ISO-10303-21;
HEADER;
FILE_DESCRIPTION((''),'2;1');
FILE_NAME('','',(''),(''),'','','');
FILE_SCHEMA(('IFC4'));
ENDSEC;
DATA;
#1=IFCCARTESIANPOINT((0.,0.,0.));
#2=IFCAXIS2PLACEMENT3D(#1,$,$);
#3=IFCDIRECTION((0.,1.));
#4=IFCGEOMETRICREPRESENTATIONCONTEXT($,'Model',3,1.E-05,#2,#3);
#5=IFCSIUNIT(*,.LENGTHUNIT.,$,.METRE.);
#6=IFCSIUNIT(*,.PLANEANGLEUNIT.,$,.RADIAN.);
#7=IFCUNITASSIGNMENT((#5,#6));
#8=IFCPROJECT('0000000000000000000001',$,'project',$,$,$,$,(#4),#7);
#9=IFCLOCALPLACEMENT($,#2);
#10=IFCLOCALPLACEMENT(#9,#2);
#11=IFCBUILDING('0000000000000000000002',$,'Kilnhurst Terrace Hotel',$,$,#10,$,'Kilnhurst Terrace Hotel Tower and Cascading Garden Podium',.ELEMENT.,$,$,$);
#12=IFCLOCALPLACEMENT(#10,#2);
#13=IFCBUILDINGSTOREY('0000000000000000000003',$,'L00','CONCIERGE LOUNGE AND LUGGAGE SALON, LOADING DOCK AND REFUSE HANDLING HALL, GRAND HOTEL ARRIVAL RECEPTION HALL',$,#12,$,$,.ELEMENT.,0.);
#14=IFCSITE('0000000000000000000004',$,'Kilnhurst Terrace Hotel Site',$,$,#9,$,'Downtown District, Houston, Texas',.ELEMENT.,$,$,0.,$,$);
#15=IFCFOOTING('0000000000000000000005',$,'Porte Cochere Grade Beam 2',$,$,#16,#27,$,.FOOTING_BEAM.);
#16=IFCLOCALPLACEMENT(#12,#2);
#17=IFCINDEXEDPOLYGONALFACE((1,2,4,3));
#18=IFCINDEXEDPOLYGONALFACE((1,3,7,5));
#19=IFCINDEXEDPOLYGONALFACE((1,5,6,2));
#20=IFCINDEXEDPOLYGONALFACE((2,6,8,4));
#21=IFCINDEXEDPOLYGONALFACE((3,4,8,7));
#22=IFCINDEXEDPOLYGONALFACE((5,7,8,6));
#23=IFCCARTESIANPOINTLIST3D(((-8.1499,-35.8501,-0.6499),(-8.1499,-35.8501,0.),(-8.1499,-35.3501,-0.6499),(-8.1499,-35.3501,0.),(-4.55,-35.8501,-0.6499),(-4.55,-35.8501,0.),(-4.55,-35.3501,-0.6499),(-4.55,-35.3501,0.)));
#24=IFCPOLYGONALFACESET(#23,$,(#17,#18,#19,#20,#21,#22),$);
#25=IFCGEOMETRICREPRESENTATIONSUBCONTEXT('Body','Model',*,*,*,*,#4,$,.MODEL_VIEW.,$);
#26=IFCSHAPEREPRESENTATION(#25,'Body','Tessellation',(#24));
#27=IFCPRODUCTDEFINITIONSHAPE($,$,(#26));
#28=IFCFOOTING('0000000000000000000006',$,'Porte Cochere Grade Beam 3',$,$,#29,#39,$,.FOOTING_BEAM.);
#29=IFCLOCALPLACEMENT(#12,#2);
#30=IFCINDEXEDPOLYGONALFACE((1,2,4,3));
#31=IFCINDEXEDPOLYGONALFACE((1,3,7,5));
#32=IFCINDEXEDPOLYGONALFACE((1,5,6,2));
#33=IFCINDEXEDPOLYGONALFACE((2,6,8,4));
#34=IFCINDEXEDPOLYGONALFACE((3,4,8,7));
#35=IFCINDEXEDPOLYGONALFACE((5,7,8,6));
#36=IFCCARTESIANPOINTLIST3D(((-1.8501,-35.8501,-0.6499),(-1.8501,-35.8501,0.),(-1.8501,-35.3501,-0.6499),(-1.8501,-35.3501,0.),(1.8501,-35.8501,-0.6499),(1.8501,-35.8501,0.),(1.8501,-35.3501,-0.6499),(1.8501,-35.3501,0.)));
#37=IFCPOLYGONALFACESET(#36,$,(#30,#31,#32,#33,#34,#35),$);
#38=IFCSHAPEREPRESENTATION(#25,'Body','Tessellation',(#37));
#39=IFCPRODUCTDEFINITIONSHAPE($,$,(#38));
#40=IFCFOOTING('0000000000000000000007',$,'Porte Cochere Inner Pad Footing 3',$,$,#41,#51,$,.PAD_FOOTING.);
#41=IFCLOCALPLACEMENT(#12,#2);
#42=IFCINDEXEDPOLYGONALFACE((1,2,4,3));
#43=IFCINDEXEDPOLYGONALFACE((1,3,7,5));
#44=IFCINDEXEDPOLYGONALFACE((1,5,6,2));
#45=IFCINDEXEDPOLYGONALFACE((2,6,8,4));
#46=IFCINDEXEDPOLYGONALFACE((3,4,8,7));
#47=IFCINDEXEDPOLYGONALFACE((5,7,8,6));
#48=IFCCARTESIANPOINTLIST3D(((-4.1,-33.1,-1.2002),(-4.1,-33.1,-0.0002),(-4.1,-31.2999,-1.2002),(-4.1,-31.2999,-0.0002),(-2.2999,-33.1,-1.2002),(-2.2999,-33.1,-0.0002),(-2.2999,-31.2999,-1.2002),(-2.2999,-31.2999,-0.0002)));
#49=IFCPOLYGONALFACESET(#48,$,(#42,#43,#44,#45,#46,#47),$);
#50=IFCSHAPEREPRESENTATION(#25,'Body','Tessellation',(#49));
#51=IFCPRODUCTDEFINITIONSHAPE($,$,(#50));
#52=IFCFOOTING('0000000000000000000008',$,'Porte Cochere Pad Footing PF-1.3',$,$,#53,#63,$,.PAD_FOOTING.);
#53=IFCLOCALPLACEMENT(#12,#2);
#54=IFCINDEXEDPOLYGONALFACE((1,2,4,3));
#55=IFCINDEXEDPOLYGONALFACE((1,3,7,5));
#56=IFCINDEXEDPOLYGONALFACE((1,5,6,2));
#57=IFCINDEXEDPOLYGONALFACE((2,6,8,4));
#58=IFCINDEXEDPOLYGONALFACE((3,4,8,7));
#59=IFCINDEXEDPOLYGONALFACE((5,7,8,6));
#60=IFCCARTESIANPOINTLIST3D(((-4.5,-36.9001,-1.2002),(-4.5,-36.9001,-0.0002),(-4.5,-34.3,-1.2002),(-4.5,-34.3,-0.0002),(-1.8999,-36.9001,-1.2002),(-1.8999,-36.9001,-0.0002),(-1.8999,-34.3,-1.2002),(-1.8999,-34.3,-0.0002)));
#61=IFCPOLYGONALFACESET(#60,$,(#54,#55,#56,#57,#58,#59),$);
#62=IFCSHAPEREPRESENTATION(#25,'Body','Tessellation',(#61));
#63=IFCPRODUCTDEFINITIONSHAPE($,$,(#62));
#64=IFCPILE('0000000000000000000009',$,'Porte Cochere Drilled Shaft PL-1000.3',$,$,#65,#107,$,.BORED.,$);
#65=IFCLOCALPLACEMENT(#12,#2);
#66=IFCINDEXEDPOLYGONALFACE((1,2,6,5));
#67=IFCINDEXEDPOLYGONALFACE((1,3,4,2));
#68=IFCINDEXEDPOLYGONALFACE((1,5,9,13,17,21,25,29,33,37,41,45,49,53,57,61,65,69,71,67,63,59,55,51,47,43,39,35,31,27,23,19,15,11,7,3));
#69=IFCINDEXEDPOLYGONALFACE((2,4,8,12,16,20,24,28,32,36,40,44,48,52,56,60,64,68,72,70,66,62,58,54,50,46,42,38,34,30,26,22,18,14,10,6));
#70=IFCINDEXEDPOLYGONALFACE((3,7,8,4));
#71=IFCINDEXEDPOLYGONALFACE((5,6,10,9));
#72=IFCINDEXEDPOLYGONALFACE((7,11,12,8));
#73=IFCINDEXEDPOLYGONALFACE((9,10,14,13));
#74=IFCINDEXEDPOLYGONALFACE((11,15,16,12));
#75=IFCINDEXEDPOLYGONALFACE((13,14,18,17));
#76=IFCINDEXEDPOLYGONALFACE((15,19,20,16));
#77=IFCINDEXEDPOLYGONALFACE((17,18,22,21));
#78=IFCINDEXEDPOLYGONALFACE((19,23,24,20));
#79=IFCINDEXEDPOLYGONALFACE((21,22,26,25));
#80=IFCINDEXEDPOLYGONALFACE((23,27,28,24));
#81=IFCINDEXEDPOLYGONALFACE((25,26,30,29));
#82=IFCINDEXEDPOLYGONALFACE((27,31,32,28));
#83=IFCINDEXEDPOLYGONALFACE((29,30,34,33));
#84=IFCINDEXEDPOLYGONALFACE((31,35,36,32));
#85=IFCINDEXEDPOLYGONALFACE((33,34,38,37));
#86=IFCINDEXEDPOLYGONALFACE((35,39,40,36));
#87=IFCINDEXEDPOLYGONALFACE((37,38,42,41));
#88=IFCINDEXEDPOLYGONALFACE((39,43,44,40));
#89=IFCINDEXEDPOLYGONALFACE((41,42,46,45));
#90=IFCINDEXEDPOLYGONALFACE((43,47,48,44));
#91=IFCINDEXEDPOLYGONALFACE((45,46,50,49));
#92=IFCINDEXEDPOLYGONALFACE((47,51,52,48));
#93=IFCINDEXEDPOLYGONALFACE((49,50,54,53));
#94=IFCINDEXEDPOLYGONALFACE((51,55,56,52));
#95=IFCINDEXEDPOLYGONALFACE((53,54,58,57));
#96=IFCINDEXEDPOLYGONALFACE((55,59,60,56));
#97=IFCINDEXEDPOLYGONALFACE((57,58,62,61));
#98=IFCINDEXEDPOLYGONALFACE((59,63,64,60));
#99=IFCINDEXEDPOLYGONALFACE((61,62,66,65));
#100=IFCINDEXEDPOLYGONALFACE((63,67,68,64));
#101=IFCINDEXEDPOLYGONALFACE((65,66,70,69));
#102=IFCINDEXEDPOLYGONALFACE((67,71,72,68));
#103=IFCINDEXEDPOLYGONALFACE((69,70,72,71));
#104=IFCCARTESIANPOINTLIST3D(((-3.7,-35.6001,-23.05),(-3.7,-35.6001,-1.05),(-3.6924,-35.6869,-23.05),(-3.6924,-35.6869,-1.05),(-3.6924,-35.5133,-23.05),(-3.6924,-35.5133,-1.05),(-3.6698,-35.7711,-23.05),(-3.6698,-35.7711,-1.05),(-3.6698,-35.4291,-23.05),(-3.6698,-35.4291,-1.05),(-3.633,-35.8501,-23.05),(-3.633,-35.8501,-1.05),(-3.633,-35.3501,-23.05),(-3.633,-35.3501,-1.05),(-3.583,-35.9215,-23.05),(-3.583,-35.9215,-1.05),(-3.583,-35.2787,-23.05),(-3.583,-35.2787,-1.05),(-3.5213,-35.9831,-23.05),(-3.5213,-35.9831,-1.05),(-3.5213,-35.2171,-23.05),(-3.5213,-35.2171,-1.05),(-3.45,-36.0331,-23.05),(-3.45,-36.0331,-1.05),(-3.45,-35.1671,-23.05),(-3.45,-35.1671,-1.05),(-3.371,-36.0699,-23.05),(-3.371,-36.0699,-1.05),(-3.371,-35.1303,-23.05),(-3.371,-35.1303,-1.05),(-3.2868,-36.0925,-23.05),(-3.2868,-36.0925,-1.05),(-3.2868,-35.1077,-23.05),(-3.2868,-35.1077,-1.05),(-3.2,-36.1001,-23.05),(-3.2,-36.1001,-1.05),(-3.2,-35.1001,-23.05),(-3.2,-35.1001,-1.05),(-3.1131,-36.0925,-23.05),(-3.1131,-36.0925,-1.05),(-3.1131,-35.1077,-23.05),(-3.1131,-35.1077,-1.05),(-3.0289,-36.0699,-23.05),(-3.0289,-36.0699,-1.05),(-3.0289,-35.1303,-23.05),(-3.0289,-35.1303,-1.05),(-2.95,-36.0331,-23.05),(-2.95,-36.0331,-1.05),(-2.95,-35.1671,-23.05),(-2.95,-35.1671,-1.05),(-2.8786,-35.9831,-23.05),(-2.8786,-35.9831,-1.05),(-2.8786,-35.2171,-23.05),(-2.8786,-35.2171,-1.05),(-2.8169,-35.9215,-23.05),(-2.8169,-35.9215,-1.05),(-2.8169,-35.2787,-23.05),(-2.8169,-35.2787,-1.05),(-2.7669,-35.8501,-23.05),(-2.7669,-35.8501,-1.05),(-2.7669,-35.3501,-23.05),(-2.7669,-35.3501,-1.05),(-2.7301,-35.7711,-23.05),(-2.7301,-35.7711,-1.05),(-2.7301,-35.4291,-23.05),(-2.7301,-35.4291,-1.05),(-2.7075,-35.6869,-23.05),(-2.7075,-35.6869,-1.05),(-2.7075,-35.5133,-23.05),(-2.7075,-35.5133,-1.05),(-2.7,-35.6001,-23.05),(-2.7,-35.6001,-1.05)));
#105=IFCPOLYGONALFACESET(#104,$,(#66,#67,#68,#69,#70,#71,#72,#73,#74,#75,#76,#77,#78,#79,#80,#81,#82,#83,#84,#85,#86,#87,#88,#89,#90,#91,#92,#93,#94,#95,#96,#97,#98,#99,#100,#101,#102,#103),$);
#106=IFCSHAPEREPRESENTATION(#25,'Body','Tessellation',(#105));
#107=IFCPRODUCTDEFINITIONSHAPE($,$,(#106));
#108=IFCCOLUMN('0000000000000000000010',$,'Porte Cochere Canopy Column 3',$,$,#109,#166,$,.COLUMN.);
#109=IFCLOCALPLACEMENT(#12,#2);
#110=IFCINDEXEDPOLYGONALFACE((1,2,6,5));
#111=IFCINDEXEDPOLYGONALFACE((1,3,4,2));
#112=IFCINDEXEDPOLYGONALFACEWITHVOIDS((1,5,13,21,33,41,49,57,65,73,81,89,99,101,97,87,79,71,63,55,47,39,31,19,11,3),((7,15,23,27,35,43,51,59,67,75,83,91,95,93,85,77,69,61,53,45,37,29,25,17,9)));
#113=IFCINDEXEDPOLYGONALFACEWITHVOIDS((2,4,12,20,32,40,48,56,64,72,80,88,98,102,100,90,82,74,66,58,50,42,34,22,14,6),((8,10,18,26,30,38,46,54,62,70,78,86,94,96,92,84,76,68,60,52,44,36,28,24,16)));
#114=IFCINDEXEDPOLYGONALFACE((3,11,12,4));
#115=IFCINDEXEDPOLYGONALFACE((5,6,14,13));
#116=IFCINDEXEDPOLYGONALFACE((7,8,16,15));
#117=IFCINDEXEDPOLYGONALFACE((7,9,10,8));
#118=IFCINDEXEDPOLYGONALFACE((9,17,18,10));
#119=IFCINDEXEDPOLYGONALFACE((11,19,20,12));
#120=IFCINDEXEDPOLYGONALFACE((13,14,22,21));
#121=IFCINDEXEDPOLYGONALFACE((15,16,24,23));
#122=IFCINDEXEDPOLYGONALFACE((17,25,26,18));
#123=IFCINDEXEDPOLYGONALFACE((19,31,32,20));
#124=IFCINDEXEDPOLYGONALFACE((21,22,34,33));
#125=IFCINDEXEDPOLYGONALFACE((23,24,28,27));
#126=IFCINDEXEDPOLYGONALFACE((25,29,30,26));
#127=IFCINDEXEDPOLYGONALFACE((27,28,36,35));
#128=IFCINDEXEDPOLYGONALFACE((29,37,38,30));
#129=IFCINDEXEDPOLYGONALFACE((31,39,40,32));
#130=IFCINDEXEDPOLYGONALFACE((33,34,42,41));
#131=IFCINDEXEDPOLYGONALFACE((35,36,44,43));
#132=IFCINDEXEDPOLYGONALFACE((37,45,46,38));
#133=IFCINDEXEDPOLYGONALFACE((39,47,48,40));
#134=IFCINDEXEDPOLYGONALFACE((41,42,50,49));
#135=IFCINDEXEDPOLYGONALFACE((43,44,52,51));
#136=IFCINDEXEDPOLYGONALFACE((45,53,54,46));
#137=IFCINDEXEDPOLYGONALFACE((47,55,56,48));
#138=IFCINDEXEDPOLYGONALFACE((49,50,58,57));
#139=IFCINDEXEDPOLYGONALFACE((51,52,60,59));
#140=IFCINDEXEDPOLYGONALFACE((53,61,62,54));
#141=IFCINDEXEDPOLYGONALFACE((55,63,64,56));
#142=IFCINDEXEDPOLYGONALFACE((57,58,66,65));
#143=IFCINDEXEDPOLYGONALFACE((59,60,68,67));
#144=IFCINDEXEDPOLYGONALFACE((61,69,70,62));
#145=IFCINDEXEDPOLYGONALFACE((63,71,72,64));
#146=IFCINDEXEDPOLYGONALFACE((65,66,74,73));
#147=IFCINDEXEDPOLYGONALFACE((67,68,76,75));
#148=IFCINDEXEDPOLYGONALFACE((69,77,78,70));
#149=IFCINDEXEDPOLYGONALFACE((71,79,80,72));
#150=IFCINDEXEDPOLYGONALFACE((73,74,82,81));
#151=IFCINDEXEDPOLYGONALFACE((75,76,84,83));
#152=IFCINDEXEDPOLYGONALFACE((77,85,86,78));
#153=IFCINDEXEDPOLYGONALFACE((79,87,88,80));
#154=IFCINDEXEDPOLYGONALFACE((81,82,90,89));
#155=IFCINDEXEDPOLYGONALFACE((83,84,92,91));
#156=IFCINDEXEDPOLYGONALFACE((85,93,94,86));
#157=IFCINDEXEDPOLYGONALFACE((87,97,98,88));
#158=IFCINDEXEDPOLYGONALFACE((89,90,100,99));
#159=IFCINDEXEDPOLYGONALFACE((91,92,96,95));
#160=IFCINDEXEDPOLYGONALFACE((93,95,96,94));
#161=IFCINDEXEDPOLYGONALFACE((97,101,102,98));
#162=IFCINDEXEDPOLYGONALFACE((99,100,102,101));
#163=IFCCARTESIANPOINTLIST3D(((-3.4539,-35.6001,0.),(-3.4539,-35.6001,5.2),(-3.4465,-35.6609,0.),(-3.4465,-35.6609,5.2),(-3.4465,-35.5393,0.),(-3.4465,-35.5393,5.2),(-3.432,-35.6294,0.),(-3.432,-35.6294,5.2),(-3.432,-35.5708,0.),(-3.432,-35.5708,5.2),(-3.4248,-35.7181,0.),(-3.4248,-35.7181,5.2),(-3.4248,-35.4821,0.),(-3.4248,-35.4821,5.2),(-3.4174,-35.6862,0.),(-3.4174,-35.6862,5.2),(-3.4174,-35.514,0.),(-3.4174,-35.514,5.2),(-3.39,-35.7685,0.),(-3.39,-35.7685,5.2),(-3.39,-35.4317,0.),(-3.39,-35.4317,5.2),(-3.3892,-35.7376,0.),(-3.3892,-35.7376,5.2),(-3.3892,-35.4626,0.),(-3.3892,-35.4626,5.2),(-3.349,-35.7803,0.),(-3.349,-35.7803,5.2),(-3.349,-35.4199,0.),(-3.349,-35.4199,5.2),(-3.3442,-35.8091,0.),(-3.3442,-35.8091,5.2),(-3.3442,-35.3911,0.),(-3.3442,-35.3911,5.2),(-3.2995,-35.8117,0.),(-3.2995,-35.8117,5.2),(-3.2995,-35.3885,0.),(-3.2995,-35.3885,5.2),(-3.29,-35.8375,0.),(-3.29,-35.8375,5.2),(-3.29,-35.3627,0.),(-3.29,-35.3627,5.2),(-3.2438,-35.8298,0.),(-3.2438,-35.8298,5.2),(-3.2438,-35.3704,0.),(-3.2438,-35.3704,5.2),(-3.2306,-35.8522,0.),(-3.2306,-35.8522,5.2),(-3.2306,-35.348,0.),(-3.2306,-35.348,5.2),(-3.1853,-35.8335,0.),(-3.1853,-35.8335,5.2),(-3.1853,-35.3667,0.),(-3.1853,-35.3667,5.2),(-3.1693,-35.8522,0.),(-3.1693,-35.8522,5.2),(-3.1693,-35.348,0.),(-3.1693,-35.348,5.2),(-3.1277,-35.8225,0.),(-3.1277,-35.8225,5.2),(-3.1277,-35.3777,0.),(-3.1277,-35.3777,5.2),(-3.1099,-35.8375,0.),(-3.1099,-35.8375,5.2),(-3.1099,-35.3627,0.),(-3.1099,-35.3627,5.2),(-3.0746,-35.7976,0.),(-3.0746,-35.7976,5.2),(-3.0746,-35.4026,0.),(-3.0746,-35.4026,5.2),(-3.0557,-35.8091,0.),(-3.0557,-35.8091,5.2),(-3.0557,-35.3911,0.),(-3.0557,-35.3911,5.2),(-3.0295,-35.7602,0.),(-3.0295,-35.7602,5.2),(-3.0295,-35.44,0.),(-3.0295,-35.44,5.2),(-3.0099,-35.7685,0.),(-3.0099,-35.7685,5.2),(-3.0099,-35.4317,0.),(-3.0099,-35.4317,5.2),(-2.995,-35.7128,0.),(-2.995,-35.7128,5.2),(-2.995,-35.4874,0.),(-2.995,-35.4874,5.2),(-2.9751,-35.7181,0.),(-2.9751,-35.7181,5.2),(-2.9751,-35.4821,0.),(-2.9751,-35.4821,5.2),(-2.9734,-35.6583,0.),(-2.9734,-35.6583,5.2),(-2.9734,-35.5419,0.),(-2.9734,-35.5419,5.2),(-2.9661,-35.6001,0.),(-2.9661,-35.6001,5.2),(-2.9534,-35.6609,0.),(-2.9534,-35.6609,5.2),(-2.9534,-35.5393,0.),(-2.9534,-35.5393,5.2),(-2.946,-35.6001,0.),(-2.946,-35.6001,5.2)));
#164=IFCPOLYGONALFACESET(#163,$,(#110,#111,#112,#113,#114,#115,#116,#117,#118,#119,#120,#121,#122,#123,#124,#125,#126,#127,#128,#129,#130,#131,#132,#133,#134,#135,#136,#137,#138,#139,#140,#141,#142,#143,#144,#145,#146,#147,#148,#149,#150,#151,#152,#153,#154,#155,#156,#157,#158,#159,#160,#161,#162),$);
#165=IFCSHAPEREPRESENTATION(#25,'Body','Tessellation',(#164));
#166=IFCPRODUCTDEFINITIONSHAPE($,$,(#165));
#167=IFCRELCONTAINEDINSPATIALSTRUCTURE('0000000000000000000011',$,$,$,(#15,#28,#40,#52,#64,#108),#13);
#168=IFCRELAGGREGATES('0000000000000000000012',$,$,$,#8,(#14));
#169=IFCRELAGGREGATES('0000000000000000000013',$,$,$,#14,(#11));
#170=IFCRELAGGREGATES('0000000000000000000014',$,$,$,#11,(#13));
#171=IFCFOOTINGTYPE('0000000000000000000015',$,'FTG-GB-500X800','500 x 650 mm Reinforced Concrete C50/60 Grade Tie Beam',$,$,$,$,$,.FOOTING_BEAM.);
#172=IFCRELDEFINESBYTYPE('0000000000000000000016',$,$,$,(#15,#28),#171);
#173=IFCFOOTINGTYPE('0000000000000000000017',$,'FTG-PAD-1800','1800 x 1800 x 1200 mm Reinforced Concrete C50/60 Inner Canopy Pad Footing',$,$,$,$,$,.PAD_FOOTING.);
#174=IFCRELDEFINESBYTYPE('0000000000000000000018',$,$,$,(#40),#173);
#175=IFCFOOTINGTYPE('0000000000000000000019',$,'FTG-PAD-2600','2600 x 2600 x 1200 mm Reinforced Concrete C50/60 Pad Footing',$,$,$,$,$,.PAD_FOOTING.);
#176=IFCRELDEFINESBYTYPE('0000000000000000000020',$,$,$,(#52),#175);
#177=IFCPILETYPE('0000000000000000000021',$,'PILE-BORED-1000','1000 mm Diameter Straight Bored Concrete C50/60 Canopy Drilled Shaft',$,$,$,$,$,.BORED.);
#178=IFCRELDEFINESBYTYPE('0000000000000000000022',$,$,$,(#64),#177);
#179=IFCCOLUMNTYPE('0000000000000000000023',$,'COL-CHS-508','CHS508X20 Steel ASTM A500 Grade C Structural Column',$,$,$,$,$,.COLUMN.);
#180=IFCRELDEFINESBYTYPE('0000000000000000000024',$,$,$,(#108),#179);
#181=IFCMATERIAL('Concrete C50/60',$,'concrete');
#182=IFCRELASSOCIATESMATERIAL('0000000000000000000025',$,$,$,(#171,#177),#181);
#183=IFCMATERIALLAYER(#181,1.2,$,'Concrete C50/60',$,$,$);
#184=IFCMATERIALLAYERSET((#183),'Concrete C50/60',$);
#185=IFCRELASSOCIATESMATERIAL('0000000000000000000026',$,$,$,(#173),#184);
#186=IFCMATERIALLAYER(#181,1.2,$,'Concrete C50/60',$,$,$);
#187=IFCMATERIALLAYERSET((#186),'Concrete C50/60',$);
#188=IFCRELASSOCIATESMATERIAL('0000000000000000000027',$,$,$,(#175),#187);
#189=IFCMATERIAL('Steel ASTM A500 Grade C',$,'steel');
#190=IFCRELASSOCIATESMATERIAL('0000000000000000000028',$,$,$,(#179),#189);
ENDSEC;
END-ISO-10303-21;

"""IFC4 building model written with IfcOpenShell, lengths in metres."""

from ifc_helpers import new_model, si_unit, direction, frame, origin, origin_2d, place, context, subcontext, project, spatial, rectangle, circle, hollow_circle, extrude, material, layer, layer_set, material_profile, profile_set, type_object, element, save


model = new_model("IFC4")

# Units and contexts
model_context = context("Model", 3, precision=1e-05, world=origin(), true_north=direction((0.0, 1.0)))
body_context = subcontext(model_context, "Body", "Model", "MODEL_VIEW")
ifc_project = project(units=[si_unit("LENGTHUNIT", "METRE"), si_unit("PLANEANGLEUNIT", "RADIAN")], contexts=[model_context])

# Site, building, storey
site_placement = place(None, origin())
site = spatial("IfcSite", under=ifc_project, at=site_placement, Name="Kilnhurst Terrace Hotel Site", LongName="Downtown District, Houston, Texas", CompositionType="ELEMENT", RefElevation=0.0)
building_placement = place(site_placement, origin())
building = spatial("IfcBuilding", under=site, at=building_placement, Name="Kilnhurst Terrace Hotel", LongName="Kilnhurst Terrace Hotel Tower and Cascading Garden Podium", CompositionType="ELEMENT")
storey_placement = place(building_placement, origin())
storey = spatial("IfcBuildingStorey", under=building, at=storey_placement, Name="L00", Description="CONCIERGE LOUNGE AND LUGGAGE SALON, LOADING DOCK AND REFUSE HANDLING HALL, GRAND HOTEL ARRIVAL RECEPTION HALL", CompositionType="ELEMENT", Elevation=0.0)

# Footings
ifc_material_1 = material(Name="Concrete C50/60", Category="concrete")
ifc_material_profile_1 = material_profile(ifc_material_1, rectangle(XDim=0.5, YDim=0.6499, at=origin_2d()), Name="RC500X650")
ifc_profile_set_1 = profile_set([ifc_material_profile_1], Name="Concrete C50/60")
footing_type_1 = type_object("IfcFootingType", Name="FTG-GB-500X800", Description="500 x 650 mm Reinforced Concrete C50/60 Grade Tie Beam", PredefinedType="FOOTING_BEAM", material=ifc_profile_set_1)
footing_1_placement = place(storey_placement, frame((-8.1499, -35.6001, -0.325), z_axis=(1.0, 0.0, 0.0), x_axis=(0.0, 1.0, 0.0)))
element("IfcFooting", 1, at=footing_1_placement, inside=storey, type_object=footing_type_1, Name="Porte Cochere Grade Beam 2", PredefinedType="FOOTING_BEAM", context=body_context, shape_type="SweptSolid", body=[
    extrude(rectangle(XDim=0.5, YDim=0.6499, at=origin_2d()), origin(), (0.0, 0.0, 1.0), 3.5999),
])
footing_2_placement = place(storey_placement, frame((-1.8501, -35.6001, -0.325), z_axis=(1.0, 0.0, 0.0), x_axis=(0.0, 1.0, 0.0)))
element("IfcFooting", 2, at=footing_2_placement, inside=storey, type_object=footing_type_1, Name="Porte Cochere Grade Beam 3", PredefinedType="FOOTING_BEAM", context=body_context, shape_type="SweptSolid", body=[
    extrude(rectangle(XDim=0.5, YDim=0.6499, at=origin_2d()), origin(), (0.0, 0.0, 1.0), 3.7002),
])
ifc_layer_1 = layer(ifc_material_1, 1.2, Name="Concrete C50/60")
ifc_layer_set_1 = layer_set([ifc_layer_1], Name="Concrete C50/60")
footing_type_2 = type_object("IfcFootingType", Name="FTG-PAD-1800", Description="1800 x 1800 x 1200 mm Reinforced Concrete C50/60 Inner Canopy Pad Footing", PredefinedType="PAD_FOOTING", material=ifc_layer_set_1)
footing_3_placement = place(storey_placement, frame((-3.2, -32.2, -1.2002), z_axis=(0.0, 0.0, 1.0), x_axis=(1.0, 0.0, 0.0)))
element("IfcFooting", 3, at=footing_3_placement, inside=storey, type_object=footing_type_2, Name="Porte Cochere Inner Pad Footing 3", PredefinedType="PAD_FOOTING", context=body_context, shape_type="SweptSolid", body=[
    extrude(rectangle(XDim=1.8, YDim=1.8, at=origin_2d()), origin(), (0.0, 0.0, 1.0), 1.2),
])
ifc_layer_2 = layer(ifc_material_1, 1.2, Name="Concrete C50/60")
ifc_layer_set_2 = layer_set([ifc_layer_2], Name="Concrete C50/60")
footing_type_3 = type_object("IfcFootingType", Name="FTG-PAD-2600", Description="2600 x 2600 x 1200 mm Reinforced Concrete C50/60 Pad Footing", PredefinedType="PAD_FOOTING", material=ifc_layer_set_2)
footing_4_placement = place(storey_placement, frame((-3.2, -35.6001, -1.2002), z_axis=(0.0, 0.0, 1.0), x_axis=(1.0, 0.0, 0.0)))
element("IfcFooting", 4, at=footing_4_placement, inside=storey, type_object=footing_type_3, Name="Porte Cochere Pad Footing PF-1.3", PredefinedType="PAD_FOOTING", context=body_context, shape_type="SweptSolid", body=[
    extrude(rectangle(XDim=2.6001, YDim=2.6001, at=origin_2d()), origin(), (0.0, 0.0, 1.0), 1.2),
])

# Pile
ifc_material_profile_2 = material_profile(ifc_material_1, circle(Radius=0.5, at=origin_2d()), Name="PILE1000")
ifc_profile_set_2 = profile_set([ifc_material_profile_2], Name="Concrete C50/60")
pile_type = type_object("IfcPileType", Name="PILE-BORED-1000", Description="1000 mm Diameter Straight Bored Concrete C50/60 Canopy Drilled Shaft", PredefinedType="BORED", material=ifc_profile_set_2)
pile_placement = place(storey_placement, frame((-3.2, -35.6001, -1.05), z_axis=(0.0, 0.0, -1.0), x_axis=(1.0, 0.0, 0.0)))
element("IfcPile", 5, at=pile_placement, inside=storey, type_object=pile_type, Name="Porte Cochere Drilled Shaft PL-1000.3", PredefinedType="BORED", context=body_context, shape_type="SweptSolid", body=[
    extrude(circle(Radius=0.5, at=origin_2d()), origin(), (0.0, 0.0, 1.0), 22.0),
])

# Column
ifc_material_2 = material(Name="Steel ASTM A500 Grade C", Category="steel")
ifc_material_profile_3 = material_profile(ifc_material_2, hollow_circle(Radius=0.2539, WallThickness=0.02, at=origin_2d()), Name="CHS508X20")
ifc_profile_set_3 = profile_set([ifc_material_profile_3], Name="Steel ASTM A500 Grade C")
column_type = type_object("IfcColumnType", Name="COL-CHS-508", Description="CHS508X20 Steel ASTM A500 Grade C Structural Column", PredefinedType="COLUMN", material=ifc_profile_set_3)
for number, where, z_axis, x_axis, name in (
    (6, (-3.2, -35.6001, 0.0), (0.0, 0.0, 1.0), (1.0, 0.0, 0.0), "Porte Cochere Canopy Column 3"),
):
    element("IfcColumn", number, at=place(storey_placement, frame(where, z_axis=z_axis, x_axis=x_axis)), inside=storey, type_object=column_type, Name=name, PredefinedType="COLUMN", context=body_context, shape_type="SweptSolid", body=[
        extrude(hollow_circle(Radius=0.2539, WallThickness=0.02, at=origin_2d()), origin(), (0.0, 0.0, 1.0), 5.2),
    ])

save(model, "model.ifc")
